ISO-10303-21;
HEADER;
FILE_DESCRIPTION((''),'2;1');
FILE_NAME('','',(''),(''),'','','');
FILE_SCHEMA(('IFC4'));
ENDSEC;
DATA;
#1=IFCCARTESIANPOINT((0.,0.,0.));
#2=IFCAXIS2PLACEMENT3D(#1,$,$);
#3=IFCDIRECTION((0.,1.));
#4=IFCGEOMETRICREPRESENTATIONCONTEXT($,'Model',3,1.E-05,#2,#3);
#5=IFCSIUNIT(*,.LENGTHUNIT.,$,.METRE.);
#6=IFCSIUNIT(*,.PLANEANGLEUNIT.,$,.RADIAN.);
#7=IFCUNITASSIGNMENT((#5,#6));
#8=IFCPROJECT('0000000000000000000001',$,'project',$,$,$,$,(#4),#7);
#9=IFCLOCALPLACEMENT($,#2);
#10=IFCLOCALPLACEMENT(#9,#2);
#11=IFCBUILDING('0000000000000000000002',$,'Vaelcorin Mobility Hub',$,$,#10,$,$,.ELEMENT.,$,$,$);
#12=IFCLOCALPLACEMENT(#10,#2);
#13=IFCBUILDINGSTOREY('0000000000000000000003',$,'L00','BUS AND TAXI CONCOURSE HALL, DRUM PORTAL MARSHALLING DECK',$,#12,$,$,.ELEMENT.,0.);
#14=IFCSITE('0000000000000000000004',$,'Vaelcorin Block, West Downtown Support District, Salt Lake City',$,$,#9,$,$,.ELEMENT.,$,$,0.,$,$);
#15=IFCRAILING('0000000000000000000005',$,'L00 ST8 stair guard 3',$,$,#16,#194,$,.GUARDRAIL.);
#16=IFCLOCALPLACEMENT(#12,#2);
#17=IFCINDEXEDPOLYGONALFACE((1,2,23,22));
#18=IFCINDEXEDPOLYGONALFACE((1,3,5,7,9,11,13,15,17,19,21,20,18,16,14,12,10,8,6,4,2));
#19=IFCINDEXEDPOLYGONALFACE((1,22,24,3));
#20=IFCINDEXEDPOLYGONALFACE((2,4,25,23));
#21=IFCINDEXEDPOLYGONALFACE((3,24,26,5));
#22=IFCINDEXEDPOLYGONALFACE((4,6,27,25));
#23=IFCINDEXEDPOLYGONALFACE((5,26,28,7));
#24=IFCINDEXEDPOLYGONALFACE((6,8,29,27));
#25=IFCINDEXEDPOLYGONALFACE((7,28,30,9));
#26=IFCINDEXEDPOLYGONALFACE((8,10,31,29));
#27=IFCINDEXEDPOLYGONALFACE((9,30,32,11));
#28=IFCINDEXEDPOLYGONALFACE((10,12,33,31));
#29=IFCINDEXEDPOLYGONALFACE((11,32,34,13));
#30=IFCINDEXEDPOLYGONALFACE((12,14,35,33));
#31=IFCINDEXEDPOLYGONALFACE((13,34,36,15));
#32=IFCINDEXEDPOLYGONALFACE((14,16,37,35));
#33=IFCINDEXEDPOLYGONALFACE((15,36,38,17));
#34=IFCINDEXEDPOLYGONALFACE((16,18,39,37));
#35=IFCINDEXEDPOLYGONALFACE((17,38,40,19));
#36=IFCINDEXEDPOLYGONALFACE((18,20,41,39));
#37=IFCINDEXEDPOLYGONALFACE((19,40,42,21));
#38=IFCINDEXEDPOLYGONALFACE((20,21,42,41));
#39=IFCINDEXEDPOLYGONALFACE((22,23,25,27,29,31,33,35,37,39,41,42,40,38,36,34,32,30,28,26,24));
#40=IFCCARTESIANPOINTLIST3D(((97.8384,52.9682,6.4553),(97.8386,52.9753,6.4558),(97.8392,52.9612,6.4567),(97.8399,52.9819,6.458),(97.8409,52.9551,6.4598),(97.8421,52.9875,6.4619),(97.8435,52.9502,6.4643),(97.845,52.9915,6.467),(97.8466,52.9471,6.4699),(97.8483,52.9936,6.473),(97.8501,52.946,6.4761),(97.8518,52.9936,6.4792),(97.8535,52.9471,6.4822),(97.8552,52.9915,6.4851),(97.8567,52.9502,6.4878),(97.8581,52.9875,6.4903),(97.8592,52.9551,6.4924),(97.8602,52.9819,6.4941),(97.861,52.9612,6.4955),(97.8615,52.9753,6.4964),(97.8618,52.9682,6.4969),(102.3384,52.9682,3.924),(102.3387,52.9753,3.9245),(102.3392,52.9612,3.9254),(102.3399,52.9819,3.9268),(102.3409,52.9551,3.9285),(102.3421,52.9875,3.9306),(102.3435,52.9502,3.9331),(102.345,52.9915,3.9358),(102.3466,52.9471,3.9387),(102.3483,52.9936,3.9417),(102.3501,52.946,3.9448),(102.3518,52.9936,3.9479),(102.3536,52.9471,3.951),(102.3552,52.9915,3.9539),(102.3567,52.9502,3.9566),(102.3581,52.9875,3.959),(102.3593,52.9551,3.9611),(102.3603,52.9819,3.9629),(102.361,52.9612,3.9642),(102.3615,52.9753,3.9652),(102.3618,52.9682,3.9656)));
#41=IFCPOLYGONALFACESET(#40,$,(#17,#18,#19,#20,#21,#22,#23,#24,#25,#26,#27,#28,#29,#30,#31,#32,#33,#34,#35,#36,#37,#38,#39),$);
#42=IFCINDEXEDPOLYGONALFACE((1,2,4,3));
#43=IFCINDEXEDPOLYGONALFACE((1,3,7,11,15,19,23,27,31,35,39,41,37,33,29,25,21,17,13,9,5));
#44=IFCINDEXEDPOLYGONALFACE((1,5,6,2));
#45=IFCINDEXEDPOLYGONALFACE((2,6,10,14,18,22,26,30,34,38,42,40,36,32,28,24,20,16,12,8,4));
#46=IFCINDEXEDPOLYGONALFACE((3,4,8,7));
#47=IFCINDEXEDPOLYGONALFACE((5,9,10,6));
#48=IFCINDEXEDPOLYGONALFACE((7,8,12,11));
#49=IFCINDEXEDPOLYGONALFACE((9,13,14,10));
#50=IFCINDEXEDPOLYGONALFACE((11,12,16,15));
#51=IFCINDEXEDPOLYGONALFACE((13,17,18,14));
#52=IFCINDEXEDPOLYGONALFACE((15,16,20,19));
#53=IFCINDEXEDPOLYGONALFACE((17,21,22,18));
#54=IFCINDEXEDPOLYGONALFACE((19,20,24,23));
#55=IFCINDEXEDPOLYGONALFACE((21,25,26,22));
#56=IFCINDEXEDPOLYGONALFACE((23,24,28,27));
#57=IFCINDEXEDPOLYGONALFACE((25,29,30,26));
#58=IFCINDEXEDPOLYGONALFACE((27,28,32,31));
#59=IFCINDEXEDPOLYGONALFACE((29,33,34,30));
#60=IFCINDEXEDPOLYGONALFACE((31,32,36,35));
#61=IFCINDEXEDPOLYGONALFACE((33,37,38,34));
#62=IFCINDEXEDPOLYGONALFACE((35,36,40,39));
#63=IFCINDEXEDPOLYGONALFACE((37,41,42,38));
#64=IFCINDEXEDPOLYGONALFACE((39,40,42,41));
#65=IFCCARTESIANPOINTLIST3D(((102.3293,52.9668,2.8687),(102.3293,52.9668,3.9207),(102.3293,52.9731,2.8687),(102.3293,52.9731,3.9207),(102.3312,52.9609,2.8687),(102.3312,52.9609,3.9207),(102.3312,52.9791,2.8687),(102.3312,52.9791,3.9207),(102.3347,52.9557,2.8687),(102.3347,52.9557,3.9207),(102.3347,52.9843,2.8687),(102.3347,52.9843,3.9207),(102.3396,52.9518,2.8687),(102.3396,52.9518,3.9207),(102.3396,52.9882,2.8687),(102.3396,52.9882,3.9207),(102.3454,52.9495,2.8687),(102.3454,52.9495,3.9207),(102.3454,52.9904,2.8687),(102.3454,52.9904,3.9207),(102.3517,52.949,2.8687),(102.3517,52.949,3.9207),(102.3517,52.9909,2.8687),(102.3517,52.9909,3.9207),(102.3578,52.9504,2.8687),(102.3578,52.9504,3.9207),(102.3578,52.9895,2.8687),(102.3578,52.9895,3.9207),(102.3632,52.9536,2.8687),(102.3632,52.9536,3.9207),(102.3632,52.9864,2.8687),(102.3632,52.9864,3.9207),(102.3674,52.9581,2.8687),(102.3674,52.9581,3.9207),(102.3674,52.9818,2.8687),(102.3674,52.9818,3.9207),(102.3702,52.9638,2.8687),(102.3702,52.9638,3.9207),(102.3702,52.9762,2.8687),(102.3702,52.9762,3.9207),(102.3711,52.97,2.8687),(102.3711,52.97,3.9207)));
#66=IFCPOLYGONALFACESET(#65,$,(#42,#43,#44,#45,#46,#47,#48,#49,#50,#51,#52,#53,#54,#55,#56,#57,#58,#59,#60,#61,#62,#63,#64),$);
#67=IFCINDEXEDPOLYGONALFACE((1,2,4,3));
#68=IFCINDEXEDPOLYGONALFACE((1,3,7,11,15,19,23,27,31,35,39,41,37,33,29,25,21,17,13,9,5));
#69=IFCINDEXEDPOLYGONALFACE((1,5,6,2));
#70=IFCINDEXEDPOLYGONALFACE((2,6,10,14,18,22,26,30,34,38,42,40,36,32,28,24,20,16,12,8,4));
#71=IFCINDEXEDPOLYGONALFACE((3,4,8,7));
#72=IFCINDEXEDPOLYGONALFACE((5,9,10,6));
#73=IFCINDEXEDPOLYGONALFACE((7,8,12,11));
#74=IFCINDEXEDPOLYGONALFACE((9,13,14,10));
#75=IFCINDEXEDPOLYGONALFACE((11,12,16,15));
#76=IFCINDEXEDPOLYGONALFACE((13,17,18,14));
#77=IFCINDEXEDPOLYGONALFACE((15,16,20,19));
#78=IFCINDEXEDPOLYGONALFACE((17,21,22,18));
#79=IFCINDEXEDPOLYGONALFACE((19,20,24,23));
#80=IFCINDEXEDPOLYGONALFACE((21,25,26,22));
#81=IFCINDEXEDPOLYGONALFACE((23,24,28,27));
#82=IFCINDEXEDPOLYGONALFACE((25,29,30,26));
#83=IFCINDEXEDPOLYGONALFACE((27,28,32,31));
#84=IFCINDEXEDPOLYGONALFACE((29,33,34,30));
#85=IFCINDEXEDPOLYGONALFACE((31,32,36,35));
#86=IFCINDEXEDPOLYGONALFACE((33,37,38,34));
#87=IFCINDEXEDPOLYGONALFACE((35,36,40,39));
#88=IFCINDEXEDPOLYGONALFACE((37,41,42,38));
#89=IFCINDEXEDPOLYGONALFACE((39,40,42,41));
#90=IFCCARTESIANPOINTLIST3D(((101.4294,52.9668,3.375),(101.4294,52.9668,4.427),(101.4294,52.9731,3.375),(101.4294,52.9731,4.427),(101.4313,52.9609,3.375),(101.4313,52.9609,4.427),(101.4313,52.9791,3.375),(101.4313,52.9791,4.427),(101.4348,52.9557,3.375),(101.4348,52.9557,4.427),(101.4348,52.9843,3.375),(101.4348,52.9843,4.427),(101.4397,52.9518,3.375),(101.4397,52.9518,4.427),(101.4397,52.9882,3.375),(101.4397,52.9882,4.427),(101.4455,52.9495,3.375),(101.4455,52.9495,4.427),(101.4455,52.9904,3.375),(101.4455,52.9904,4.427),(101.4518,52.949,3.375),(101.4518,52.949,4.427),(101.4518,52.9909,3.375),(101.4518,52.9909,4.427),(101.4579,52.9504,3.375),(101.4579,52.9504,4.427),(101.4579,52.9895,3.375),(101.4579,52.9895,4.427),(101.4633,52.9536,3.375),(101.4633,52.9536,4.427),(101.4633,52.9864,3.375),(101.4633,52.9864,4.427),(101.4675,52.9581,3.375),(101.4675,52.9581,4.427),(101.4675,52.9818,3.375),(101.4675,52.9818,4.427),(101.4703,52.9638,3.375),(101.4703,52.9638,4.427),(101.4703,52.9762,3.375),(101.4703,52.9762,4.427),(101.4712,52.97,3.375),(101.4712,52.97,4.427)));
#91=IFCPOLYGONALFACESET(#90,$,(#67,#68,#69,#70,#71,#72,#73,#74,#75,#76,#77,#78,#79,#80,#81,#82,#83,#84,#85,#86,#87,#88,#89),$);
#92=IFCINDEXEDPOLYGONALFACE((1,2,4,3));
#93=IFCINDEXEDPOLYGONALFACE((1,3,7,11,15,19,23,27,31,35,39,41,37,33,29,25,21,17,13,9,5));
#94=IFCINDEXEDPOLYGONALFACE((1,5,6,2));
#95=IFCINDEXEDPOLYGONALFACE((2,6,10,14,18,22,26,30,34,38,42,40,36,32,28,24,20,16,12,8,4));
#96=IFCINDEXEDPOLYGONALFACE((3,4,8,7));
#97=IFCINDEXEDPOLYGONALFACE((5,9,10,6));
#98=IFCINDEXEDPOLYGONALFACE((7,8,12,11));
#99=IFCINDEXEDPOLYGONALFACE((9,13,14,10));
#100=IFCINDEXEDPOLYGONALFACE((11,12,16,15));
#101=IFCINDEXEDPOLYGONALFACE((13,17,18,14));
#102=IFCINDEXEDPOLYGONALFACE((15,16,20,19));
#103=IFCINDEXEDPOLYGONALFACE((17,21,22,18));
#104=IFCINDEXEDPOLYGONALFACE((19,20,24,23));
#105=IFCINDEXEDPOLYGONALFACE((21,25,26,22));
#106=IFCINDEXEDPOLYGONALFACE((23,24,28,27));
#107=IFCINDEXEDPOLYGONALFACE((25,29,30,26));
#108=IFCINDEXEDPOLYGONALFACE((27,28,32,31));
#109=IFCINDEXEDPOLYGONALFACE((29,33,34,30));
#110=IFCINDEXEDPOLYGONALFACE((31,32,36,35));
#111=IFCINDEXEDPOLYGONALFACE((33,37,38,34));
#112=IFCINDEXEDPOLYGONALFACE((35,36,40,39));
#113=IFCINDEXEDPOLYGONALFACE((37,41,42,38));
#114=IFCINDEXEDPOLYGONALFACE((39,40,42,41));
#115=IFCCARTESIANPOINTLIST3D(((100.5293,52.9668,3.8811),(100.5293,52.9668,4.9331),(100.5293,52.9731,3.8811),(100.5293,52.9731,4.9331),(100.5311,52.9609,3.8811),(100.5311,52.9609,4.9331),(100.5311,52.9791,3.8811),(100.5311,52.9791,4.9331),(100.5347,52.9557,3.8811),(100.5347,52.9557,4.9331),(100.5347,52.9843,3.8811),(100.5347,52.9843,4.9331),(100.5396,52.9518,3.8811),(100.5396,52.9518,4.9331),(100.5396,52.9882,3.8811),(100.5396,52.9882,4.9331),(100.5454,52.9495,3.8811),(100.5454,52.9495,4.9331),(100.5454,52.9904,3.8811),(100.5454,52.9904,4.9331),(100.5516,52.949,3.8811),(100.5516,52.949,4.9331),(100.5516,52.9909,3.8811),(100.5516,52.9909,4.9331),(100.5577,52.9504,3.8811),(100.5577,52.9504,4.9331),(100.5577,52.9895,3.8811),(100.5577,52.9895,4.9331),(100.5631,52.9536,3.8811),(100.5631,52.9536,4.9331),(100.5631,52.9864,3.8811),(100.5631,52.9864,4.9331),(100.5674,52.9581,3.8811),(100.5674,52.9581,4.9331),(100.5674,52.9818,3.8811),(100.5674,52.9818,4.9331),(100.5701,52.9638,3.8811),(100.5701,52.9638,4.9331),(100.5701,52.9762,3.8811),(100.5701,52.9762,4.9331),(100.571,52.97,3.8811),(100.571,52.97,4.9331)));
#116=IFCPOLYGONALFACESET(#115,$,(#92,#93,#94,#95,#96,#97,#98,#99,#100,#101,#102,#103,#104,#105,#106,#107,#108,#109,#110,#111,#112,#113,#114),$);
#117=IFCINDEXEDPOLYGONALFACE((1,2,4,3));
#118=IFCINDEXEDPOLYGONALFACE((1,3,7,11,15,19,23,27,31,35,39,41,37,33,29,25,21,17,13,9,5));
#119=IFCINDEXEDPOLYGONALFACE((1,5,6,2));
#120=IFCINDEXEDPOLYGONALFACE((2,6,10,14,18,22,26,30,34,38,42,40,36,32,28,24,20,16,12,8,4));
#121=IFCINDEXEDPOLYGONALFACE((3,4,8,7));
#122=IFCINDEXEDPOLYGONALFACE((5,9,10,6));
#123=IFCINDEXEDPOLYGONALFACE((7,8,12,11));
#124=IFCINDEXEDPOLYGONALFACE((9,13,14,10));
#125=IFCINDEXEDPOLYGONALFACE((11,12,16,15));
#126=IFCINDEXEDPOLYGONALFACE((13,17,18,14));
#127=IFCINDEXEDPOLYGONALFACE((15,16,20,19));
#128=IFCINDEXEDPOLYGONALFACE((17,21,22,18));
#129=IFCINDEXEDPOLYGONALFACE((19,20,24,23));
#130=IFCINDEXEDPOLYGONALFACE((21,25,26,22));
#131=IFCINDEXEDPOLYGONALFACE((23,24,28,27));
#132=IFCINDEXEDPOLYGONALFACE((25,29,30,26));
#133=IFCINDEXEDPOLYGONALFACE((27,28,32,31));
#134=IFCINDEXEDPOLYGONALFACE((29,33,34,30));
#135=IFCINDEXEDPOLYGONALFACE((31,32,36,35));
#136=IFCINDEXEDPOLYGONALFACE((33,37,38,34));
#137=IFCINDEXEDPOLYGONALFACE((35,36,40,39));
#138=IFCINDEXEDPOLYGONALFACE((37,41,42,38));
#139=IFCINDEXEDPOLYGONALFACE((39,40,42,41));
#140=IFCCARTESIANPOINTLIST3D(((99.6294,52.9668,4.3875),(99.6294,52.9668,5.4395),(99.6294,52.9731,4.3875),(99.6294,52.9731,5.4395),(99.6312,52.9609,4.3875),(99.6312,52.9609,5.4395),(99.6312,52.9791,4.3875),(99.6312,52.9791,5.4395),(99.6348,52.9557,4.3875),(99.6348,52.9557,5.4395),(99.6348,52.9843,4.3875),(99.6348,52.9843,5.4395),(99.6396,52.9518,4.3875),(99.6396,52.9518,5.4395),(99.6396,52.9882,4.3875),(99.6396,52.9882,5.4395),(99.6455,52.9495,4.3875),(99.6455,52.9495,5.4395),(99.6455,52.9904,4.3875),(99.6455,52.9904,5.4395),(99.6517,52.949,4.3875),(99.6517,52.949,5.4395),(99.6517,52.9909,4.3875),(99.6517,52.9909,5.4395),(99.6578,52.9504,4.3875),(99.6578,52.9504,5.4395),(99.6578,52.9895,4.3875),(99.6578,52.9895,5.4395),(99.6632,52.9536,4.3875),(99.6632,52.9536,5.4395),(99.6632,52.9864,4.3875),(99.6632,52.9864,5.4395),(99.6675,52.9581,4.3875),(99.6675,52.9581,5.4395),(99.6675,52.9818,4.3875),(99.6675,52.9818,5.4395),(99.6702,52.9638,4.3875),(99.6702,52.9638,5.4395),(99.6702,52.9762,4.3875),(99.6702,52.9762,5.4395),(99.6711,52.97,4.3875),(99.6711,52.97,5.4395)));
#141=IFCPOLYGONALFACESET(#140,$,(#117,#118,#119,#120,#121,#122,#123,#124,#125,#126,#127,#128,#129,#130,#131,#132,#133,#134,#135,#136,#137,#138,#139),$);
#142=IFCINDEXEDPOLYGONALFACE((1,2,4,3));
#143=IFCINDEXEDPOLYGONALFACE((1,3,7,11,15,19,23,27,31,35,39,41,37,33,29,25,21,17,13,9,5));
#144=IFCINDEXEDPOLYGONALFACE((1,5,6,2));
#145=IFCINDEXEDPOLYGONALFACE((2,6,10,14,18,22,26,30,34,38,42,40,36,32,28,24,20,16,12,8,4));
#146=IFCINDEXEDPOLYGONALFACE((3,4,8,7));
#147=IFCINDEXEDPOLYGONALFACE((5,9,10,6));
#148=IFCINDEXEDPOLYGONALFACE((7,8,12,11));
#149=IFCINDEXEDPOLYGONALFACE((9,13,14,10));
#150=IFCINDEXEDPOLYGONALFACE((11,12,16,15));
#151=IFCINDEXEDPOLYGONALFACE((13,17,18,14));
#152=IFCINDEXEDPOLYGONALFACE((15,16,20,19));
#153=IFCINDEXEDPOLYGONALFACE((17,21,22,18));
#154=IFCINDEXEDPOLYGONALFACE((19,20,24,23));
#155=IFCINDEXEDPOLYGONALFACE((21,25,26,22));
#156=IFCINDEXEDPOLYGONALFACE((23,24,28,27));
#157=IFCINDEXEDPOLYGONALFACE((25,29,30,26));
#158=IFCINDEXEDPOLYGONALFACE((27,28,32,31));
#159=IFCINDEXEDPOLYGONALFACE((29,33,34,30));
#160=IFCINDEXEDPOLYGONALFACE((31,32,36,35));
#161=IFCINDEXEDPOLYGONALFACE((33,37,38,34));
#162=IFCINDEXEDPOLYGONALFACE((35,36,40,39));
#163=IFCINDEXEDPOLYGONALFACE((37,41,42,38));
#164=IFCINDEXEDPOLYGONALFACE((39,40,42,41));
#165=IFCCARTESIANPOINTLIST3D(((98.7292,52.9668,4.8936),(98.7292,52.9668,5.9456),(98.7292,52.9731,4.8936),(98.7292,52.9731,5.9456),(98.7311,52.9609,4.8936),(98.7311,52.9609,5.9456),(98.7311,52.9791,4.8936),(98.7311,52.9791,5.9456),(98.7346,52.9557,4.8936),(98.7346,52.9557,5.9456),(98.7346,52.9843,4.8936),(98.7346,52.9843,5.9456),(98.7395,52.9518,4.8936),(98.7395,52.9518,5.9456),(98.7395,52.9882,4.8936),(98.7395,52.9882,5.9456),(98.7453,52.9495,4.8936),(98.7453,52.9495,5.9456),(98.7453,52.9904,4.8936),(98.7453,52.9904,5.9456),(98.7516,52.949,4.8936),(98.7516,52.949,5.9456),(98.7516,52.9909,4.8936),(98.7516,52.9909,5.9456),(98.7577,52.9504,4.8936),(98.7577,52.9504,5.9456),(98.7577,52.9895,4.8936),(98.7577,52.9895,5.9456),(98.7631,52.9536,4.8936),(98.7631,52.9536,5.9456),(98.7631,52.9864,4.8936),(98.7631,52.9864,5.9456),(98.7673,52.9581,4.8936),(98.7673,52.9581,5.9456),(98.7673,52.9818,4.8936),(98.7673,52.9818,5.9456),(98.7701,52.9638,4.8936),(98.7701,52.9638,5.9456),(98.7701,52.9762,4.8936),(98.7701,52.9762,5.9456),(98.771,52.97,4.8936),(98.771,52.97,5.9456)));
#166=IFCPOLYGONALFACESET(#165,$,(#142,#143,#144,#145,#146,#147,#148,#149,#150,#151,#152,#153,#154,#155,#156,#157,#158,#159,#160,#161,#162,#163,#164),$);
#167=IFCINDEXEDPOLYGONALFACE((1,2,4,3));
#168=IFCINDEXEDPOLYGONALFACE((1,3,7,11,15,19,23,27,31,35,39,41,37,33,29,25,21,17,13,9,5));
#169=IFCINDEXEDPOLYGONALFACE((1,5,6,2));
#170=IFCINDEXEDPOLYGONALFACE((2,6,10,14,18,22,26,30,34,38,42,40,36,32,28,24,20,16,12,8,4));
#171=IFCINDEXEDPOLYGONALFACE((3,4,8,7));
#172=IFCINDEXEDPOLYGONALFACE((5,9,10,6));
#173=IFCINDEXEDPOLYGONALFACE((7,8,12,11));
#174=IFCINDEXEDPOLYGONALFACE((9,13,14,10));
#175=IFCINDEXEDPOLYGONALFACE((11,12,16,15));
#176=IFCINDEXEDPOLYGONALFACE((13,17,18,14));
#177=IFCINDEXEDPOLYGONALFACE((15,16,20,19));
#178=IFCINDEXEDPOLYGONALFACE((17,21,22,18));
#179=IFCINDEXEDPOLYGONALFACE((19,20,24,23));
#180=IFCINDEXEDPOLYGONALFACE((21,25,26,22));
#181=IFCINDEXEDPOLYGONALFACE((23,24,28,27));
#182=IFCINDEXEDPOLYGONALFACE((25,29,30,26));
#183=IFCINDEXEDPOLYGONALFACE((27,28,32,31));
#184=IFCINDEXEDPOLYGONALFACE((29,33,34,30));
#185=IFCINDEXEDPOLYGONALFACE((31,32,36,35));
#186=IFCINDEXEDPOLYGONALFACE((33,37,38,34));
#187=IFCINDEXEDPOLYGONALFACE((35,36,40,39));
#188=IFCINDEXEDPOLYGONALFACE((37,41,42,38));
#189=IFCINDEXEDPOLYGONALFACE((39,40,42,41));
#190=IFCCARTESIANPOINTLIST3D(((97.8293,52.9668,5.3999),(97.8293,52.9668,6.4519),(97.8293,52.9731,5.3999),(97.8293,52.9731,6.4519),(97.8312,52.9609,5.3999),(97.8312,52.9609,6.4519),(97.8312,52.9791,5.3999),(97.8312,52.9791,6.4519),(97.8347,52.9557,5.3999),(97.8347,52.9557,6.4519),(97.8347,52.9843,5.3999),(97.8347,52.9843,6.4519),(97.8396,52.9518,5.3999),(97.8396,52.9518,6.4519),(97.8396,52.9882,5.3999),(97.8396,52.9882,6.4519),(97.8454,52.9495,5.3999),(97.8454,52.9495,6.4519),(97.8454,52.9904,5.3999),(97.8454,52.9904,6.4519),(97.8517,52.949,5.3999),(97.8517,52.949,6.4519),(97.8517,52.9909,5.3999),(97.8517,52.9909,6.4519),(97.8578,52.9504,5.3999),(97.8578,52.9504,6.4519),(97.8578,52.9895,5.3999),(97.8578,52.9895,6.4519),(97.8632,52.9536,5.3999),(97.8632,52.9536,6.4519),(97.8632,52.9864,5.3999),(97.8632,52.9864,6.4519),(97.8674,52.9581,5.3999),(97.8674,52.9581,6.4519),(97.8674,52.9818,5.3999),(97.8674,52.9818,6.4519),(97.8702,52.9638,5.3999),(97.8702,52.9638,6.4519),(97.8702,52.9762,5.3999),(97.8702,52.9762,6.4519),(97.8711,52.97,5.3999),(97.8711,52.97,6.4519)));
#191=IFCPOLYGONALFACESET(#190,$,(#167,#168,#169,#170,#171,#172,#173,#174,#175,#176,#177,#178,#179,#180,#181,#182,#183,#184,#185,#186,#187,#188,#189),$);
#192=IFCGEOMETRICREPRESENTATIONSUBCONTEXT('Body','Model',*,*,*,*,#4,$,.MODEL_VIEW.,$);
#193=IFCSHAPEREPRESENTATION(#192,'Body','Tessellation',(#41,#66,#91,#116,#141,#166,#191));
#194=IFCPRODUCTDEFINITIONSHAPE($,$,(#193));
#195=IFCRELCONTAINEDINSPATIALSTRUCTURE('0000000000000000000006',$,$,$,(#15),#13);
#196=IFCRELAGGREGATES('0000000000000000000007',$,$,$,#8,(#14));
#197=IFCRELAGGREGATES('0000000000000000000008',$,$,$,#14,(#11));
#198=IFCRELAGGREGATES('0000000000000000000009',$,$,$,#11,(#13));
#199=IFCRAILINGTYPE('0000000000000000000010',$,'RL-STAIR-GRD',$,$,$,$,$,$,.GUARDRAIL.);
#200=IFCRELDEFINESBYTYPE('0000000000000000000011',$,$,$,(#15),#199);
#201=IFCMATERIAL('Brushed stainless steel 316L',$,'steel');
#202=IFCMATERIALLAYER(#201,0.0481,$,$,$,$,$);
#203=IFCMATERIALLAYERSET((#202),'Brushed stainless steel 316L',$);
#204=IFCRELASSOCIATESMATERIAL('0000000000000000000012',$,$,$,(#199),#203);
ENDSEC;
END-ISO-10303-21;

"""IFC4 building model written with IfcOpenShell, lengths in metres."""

from ifc_helpers import new_model, si_unit, direction, frame, origin, origin_2d, place, context, subcontext, project, spatial, circle, extrude, material, layer, layer_set, type_object, element, save


model = new_model("IFC4")

# Units and contexts
model_context = context("Model", 3, precision=1e-05, world=origin(), true_north=direction((0.0, 1.0)))
body_context = subcontext(model_context, "Body", "Model", "MODEL_VIEW")
ifc_project = project(units=[si_unit("LENGTHUNIT", "METRE"), si_unit("PLANEANGLEUNIT", "RADIAN")], contexts=[model_context])

# Site, building, storey
site_placement = place(None, origin())
site = spatial("IfcSite", under=ifc_project, at=site_placement, Name="Vaelcorin Block, West Downtown Support District, Salt Lake City", CompositionType="ELEMENT", RefElevation=0.0)
building_placement = place(site_placement, origin())
building = spatial("IfcBuilding", under=site, at=building_placement, Name="Vaelcorin Mobility Hub", CompositionType="ELEMENT")
storey_placement = place(building_placement, origin())
storey = spatial("IfcBuildingStorey", under=building, at=storey_placement, Name="L00", Description="BUS AND TAXI CONCOURSE HALL, DRUM PORTAL MARSHALLING DECK", CompositionType="ELEMENT", Elevation=0.0)

# Railing
ifc_material_1 = material(Name="Brushed stainless steel 316L", Category="steel")
ifc_layer_1 = layer(ifc_material_1, 0.0481)
ifc_layer_set_1 = layer_set([ifc_layer_1], Name="Brushed stainless steel 316L")
railing_type_1 = type_object("IfcRailingType", Name="RL-STAIR-GRD", PredefinedType="GUARDRAIL", material=ifc_layer_set_1)
railing_1_placement = place(storey_placement, frame((102.3501, 52.97, 2.8687)))
element("IfcRailing", 1, at=railing_1_placement, inside=storey, type_object=railing_type_1, Name="L00 ST8 stair guard 3", PredefinedType="GUARDRAIL", context=body_context, shape_type="SweptSolid", body=[
    extrude(circle(Radius=0.0239, at=origin_2d()), frame((0.0, 0.0, 1.0762), z_axis=(-0.871576, 0.0, 0.490261), x_axis=(0.0, -1.0, 0.0)), (0.0, 0.0, 1.0), 5.1631),
    extrude(circle(Radius=0.021, at=origin_2d()), origin(), (0.0, 0.0, 1.0), 1.052),
    extrude(circle(Radius=0.021, at=origin_2d()), frame((-0.8999, 0.0, 0.5063)), (0.0, 0.0, 1.0), 1.052),
    extrude(circle(Radius=0.021, at=origin_2d()), frame((-1.8, 0.0, 1.0125)), (0.0, 0.0, 1.0), 1.052),
    extrude(circle(Radius=0.021, at=origin_2d()), frame((-2.7, 0.0, 1.5188)), (0.0, 0.0, 1.0), 1.052),
    extrude(circle(Radius=0.021, at=origin_2d()), frame((-3.6001, 0.0, 2.0249)), (0.0, 0.0, 1.0), 1.052),
    extrude(circle(Radius=0.021, at=origin_2d()), frame((-4.5, 0.0, 2.5312)), (0.0, 0.0, 1.0), 1.052),
])

save(model, "model.ifc")
